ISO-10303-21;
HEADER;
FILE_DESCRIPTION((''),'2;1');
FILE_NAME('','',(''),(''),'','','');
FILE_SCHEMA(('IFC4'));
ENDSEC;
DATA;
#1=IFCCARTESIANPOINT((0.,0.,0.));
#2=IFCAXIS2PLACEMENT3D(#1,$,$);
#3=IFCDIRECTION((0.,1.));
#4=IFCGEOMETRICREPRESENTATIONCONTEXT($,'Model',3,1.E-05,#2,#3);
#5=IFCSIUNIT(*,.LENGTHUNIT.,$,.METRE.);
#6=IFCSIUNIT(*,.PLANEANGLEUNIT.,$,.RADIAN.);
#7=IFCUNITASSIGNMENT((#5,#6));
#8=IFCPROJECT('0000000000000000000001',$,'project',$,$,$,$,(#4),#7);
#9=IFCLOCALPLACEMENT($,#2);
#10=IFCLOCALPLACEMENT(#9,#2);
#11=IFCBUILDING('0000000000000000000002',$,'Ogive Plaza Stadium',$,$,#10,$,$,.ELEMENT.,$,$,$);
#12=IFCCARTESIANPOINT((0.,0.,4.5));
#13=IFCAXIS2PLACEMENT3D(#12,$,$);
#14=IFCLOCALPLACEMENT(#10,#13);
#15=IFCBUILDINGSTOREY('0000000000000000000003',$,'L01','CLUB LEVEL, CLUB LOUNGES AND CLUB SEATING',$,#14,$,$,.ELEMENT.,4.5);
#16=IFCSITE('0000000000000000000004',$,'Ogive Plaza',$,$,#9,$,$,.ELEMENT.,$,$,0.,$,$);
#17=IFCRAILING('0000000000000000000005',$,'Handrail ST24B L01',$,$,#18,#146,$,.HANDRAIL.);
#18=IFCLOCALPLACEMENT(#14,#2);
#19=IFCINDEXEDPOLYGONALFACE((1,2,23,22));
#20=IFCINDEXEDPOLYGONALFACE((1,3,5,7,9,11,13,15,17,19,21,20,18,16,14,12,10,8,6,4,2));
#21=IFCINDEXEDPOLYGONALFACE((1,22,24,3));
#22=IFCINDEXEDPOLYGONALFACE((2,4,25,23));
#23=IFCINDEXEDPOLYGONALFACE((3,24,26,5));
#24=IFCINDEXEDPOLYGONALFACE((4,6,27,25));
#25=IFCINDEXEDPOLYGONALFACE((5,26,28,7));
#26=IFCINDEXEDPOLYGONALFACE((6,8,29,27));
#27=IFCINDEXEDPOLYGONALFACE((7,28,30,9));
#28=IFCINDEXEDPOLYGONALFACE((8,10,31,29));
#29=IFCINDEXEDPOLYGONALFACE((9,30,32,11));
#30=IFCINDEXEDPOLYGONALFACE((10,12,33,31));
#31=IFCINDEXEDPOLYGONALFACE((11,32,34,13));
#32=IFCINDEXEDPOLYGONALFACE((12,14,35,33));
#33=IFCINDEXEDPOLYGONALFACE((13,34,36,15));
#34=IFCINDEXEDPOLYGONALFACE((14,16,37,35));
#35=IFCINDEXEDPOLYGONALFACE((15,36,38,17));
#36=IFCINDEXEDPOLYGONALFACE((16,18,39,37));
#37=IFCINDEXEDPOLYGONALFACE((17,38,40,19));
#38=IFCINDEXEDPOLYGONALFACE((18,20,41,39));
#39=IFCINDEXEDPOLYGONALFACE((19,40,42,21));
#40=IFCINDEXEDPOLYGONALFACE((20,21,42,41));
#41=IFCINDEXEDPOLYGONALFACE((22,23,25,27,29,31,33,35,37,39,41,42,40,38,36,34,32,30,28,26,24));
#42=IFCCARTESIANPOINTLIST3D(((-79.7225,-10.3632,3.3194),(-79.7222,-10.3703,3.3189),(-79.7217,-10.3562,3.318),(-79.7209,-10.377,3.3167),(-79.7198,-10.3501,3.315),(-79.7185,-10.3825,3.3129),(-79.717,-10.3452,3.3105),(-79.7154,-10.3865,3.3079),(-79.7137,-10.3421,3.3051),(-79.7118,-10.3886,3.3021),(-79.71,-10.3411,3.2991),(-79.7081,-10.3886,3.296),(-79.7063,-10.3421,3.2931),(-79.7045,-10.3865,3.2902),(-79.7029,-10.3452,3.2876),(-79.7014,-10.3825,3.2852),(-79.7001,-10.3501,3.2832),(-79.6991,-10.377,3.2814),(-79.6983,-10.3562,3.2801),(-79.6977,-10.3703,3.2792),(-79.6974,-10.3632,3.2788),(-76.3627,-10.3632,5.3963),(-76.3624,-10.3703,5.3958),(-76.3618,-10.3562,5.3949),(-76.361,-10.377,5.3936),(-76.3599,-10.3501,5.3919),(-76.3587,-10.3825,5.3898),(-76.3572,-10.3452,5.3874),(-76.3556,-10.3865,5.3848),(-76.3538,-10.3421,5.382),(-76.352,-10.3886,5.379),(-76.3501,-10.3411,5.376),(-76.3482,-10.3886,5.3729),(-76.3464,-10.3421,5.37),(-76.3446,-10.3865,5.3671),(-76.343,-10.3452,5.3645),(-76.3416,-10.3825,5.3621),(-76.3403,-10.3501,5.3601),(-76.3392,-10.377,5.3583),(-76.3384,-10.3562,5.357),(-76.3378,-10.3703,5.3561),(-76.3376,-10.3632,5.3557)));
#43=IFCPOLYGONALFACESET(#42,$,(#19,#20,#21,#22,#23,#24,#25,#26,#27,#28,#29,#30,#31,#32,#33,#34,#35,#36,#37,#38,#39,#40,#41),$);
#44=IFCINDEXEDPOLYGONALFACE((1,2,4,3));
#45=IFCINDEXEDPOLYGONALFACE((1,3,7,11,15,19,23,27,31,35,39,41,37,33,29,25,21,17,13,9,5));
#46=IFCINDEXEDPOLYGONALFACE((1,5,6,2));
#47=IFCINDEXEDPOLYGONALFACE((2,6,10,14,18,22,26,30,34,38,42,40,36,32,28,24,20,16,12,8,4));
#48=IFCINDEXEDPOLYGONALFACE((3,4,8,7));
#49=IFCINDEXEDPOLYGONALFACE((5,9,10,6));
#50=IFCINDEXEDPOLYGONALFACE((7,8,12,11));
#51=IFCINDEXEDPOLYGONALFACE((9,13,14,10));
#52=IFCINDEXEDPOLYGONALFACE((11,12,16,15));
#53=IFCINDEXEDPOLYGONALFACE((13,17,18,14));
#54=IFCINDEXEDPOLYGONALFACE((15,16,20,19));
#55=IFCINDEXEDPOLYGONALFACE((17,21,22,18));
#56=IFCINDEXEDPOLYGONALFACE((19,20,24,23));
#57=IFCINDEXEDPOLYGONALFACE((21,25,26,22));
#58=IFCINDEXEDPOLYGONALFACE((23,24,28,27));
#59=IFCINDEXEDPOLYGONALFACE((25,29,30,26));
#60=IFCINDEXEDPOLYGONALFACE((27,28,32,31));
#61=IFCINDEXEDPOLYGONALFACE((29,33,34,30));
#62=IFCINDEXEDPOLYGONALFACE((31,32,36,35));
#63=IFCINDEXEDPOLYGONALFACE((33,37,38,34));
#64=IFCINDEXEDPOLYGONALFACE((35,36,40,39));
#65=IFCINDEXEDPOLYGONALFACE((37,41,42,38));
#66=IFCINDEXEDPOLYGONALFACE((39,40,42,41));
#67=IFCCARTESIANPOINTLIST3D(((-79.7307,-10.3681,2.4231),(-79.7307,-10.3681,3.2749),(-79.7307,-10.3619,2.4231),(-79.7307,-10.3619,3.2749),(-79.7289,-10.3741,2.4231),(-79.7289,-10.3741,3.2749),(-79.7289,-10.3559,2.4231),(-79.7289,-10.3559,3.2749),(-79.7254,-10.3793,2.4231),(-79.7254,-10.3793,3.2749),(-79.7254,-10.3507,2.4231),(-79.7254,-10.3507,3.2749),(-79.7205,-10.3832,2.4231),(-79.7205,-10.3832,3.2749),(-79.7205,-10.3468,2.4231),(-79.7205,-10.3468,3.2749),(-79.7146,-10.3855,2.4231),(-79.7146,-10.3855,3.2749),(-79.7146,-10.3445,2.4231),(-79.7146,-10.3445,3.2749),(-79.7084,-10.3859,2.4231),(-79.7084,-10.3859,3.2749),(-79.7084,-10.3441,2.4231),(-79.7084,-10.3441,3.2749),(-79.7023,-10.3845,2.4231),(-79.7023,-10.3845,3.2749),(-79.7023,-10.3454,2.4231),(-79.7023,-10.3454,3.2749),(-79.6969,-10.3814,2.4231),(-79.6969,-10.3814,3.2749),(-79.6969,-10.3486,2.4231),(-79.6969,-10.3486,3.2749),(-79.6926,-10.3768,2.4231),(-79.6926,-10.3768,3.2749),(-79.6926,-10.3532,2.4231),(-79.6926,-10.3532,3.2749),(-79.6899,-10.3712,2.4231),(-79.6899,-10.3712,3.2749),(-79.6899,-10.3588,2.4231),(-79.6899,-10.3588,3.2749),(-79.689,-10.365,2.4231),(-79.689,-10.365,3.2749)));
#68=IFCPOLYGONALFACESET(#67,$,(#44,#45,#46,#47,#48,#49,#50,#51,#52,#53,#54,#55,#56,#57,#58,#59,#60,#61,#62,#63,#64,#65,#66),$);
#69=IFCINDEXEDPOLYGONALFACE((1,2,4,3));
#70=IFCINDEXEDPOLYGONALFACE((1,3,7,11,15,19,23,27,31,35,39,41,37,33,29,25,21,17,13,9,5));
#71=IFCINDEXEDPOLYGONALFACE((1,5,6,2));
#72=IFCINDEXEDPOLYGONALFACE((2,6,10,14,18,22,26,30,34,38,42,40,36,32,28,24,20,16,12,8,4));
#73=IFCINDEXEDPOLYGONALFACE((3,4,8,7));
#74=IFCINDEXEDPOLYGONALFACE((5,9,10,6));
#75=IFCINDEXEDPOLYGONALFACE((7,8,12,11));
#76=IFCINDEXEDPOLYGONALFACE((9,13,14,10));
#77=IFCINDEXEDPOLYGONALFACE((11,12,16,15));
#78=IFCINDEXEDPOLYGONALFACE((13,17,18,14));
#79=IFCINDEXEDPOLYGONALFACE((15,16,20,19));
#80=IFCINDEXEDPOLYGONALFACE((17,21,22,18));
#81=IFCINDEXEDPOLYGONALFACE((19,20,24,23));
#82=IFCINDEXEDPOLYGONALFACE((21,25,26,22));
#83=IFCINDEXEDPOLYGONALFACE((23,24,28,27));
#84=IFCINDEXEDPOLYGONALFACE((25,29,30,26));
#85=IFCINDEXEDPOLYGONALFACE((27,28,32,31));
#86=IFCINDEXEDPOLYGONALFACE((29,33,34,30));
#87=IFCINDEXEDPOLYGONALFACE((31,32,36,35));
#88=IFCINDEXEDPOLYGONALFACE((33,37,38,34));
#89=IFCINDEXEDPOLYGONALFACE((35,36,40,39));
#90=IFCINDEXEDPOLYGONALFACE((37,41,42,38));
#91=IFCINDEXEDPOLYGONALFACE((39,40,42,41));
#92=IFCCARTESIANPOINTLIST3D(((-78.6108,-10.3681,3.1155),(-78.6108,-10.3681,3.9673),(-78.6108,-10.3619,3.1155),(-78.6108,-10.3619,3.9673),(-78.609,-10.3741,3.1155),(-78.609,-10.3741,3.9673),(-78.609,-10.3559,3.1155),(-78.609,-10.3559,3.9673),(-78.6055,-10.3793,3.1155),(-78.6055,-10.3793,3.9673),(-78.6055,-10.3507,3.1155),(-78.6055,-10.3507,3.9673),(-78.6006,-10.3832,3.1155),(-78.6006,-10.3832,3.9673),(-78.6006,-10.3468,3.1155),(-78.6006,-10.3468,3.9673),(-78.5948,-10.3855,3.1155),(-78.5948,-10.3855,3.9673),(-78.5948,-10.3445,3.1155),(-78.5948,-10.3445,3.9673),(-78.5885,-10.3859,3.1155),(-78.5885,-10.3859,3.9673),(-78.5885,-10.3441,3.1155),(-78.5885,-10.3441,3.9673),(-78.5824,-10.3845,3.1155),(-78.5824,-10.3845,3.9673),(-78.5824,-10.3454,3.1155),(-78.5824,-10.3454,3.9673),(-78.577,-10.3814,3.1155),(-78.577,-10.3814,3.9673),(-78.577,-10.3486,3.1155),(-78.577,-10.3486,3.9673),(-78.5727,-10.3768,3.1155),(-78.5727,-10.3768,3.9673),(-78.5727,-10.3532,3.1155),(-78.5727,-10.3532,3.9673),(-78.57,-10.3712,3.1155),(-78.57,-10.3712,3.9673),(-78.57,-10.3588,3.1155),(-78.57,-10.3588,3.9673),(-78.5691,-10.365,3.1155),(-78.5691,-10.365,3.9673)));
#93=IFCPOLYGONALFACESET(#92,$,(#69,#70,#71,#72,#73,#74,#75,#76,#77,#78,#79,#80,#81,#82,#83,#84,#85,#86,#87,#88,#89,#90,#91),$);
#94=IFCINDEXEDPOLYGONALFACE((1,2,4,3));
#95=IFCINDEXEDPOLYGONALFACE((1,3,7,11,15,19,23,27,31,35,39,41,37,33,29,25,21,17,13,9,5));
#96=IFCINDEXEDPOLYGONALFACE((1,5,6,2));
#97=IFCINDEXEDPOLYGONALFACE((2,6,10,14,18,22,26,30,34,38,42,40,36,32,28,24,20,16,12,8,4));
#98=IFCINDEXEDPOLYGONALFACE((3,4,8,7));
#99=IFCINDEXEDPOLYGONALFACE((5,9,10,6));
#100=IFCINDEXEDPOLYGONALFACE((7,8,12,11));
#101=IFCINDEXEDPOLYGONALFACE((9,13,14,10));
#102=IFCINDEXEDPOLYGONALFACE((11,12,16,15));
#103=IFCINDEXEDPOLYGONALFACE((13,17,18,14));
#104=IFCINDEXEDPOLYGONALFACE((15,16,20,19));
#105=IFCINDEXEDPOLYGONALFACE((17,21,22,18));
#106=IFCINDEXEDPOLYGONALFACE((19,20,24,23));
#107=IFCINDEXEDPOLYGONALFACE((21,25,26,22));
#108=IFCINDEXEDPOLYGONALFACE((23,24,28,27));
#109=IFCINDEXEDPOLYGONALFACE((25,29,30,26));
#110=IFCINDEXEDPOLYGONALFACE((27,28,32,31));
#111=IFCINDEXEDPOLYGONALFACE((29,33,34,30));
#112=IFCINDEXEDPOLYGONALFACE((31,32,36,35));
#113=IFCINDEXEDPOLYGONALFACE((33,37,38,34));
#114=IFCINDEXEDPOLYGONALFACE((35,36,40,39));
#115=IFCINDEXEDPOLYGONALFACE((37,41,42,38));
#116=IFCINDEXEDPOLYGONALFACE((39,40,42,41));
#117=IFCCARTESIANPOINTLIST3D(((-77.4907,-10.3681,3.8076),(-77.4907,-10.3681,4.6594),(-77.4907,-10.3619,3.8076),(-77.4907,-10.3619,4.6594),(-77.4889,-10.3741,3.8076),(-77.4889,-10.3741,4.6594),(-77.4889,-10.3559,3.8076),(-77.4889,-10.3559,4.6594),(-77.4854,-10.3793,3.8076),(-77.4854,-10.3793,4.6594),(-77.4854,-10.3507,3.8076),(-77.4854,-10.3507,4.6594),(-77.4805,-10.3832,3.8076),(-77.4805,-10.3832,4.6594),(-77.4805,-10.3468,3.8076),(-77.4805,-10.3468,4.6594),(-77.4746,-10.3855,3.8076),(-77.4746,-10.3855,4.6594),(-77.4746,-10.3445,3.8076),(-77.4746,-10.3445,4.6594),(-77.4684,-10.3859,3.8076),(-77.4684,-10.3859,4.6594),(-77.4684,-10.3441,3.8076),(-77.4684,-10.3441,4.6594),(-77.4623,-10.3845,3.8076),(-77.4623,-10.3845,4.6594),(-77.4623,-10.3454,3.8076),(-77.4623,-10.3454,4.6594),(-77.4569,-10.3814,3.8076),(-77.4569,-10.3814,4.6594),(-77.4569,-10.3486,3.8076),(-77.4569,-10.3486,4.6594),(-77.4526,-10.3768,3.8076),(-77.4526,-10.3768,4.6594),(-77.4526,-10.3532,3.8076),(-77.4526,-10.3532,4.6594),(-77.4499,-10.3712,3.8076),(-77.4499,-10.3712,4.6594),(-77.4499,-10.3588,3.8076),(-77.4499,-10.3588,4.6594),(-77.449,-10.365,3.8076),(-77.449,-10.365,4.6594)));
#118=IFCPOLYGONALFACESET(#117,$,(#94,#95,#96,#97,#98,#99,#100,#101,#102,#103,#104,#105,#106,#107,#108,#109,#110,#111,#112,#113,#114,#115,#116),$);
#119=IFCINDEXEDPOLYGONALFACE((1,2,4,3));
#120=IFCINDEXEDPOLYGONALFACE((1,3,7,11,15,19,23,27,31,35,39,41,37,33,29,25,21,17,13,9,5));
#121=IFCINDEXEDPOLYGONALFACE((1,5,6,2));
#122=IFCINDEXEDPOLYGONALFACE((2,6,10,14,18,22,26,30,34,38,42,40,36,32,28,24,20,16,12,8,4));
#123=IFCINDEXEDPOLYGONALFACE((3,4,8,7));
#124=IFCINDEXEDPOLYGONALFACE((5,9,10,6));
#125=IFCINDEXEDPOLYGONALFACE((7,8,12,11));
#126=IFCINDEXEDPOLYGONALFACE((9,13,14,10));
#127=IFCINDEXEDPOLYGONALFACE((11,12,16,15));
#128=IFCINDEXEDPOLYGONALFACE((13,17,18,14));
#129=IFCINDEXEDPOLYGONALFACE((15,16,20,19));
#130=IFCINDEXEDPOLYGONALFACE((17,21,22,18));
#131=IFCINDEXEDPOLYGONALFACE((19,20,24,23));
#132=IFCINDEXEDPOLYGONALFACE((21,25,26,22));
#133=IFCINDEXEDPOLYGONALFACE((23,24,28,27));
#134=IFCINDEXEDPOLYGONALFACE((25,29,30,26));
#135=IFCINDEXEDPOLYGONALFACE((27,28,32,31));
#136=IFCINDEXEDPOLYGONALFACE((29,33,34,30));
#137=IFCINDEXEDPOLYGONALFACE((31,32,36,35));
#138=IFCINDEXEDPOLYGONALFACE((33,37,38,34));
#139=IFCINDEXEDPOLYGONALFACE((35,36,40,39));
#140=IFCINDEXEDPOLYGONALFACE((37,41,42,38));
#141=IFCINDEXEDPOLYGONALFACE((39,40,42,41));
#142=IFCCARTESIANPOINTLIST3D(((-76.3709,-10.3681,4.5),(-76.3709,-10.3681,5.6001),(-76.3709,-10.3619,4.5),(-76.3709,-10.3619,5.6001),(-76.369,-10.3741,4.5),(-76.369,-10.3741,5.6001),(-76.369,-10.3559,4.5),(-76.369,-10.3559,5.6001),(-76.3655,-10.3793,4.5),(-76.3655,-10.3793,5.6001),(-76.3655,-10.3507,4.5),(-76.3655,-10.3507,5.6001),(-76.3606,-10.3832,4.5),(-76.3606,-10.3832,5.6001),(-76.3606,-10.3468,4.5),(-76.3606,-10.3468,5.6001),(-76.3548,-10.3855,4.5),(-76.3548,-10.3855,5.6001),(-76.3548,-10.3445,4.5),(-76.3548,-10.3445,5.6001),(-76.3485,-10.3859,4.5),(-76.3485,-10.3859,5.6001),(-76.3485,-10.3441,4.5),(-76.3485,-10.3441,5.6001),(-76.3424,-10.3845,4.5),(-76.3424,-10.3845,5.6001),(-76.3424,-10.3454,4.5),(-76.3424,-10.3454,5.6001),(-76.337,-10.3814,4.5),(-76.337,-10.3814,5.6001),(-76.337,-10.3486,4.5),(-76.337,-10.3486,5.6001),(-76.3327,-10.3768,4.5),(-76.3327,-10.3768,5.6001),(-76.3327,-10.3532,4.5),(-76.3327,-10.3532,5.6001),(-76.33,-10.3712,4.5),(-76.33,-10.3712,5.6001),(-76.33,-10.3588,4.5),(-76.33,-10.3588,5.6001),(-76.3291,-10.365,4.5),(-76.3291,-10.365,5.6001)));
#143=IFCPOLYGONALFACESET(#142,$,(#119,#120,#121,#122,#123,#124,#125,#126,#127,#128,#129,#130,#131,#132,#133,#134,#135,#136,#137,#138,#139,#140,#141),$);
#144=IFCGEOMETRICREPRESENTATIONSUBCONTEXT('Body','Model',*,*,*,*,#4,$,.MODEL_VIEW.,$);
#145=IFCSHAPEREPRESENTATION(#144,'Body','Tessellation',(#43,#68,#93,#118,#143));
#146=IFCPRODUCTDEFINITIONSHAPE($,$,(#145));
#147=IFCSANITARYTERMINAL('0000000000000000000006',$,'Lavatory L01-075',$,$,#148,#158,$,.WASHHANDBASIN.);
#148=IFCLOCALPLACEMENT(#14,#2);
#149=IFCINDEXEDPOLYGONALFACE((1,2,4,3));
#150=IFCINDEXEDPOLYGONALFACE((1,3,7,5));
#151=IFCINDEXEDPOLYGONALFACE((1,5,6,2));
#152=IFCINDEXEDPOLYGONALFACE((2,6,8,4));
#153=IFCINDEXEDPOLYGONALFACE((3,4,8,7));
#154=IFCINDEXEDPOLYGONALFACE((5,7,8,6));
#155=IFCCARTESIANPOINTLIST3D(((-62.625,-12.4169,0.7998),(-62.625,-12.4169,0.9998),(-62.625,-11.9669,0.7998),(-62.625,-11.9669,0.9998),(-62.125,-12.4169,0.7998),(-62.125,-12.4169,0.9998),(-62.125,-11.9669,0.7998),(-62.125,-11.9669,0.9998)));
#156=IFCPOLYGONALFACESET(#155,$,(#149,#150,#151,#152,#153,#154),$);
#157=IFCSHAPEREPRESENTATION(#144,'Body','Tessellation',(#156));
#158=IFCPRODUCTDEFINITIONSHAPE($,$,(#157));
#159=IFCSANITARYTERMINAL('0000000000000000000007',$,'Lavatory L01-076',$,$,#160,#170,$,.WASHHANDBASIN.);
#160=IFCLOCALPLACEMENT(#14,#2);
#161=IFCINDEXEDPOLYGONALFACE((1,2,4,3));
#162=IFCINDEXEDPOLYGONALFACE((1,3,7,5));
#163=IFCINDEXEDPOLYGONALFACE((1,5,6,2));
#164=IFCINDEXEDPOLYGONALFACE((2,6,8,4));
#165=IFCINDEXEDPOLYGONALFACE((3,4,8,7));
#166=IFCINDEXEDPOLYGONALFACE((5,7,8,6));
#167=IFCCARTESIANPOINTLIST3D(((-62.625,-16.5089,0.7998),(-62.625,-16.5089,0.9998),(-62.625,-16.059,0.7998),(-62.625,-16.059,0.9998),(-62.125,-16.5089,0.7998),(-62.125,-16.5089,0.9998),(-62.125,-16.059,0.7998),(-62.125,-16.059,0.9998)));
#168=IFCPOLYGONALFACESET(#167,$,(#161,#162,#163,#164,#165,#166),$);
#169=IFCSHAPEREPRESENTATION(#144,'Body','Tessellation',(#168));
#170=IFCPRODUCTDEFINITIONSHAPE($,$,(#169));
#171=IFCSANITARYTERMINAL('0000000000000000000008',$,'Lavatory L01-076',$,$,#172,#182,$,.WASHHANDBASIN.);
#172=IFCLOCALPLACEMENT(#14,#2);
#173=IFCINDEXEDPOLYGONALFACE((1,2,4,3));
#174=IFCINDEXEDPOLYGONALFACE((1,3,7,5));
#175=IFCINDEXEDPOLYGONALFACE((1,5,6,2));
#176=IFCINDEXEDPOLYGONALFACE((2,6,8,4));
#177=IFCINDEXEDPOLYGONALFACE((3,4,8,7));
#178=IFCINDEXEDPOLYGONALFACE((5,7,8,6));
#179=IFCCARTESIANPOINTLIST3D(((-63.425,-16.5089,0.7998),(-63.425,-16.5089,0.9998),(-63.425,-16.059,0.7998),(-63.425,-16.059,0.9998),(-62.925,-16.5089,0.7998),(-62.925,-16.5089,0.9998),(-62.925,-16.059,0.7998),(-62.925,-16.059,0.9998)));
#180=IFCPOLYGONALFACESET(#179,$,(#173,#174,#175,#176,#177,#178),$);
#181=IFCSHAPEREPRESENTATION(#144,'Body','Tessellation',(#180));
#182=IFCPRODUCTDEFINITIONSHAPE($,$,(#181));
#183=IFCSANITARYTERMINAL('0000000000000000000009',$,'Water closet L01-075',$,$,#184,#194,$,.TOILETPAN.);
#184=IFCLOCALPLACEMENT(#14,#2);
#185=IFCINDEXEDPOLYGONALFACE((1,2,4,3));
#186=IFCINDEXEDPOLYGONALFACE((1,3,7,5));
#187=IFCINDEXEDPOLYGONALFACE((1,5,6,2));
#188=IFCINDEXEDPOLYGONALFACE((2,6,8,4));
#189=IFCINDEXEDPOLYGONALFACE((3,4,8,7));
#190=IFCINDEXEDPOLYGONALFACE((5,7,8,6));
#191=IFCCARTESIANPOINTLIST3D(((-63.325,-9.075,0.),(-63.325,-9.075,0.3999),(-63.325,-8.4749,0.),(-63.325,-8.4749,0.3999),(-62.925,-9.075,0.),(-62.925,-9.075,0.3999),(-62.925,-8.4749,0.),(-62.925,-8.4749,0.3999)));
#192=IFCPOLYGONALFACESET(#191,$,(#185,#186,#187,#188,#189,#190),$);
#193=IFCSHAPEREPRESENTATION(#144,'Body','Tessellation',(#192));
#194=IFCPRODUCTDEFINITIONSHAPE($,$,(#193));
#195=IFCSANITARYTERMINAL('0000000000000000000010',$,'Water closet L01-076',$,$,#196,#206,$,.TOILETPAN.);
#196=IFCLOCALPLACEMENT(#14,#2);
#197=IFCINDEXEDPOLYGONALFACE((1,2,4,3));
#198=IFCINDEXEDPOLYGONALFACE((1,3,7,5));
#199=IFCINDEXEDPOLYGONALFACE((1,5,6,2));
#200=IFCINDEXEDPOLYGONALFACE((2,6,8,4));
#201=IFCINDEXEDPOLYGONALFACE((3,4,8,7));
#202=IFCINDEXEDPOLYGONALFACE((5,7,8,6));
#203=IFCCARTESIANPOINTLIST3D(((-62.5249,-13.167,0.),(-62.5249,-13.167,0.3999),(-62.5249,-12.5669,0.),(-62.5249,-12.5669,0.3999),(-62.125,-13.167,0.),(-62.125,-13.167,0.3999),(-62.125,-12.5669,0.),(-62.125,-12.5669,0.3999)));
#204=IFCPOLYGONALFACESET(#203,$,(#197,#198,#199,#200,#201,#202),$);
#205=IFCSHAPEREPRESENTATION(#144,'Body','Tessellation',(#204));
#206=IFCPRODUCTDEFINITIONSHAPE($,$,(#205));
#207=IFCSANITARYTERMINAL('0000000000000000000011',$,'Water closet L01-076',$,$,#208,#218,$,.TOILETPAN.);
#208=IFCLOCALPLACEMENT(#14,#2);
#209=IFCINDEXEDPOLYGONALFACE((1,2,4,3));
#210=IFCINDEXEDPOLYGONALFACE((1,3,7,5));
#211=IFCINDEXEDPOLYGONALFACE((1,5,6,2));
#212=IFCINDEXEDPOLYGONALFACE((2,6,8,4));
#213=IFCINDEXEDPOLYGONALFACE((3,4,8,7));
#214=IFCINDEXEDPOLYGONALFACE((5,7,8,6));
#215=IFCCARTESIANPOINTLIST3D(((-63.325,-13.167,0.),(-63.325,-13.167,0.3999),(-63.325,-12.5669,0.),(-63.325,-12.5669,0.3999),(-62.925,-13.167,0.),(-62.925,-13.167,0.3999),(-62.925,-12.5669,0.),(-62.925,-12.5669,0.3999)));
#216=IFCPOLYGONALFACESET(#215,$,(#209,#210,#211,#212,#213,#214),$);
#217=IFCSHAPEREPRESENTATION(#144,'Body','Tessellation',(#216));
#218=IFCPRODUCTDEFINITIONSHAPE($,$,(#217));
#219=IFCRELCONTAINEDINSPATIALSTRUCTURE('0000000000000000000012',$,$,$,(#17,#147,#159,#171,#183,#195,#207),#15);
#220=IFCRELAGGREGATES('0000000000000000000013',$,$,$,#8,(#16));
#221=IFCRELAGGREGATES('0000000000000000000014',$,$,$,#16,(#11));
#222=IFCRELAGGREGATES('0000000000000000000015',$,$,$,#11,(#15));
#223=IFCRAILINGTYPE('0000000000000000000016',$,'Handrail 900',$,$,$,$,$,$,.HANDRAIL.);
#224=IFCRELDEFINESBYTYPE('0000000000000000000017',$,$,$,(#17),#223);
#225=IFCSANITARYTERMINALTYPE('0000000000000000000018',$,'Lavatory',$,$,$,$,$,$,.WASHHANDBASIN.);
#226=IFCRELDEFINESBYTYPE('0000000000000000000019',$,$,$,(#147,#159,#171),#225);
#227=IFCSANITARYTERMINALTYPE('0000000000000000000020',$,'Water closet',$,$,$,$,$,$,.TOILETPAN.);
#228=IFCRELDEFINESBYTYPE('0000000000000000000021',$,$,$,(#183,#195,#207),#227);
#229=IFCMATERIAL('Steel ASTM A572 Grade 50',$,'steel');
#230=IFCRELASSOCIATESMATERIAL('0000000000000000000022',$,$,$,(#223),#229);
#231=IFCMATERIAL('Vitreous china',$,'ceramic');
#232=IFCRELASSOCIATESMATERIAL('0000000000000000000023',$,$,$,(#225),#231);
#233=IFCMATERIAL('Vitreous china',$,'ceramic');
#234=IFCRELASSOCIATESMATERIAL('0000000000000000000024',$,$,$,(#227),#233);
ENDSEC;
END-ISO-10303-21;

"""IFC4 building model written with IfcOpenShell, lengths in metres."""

from ifc_helpers import new_model, si_unit, direction, frame, origin, origin_2d, place, context, subcontext, project, spatial, rectangle, circle, extrude, material, type_object, element, save


model = new_model("IFC4")

# Units and contexts
model_context = context("Model", 3, precision=1e-05, world=origin(), true_north=direction((0.0, 1.0)))
body_context = subcontext(model_context, "Body", "Model", "MODEL_VIEW")
ifc_project = project(units=[si_unit("LENGTHUNIT", "METRE"), si_unit("PLANEANGLEUNIT", "RADIAN")], contexts=[model_context])

# Site, building, storey
site_placement = place(None, origin())
site = spatial("IfcSite", under=ifc_project, at=site_placement, Name="Ogive Plaza", CompositionType="ELEMENT", RefElevation=0.0)
building_placement = place(site_placement, origin())
building = spatial("IfcBuilding", under=site, at=building_placement, Name="Ogive Plaza Stadium", CompositionType="ELEMENT")
storey_placement = place(building_placement, frame((0.0, 0.0, 4.5)))
storey = spatial("IfcBuildingStorey", under=building, at=storey_placement, Name="L01", Description="CLUB LEVEL, CLUB LOUNGES AND CLUB SEATING", CompositionType="ELEMENT", Elevation=4.5)

# Railing
ifc_material_1 = material(Name="Steel ASTM A572 Grade 50", Category="steel")
railing_type_1 = type_object("IfcRailingType", Name="Handrail 900", PredefinedType="HANDRAIL", material=ifc_material_1)
railing_placement = place(storey_placement, frame((-79.71, -10.365, 2.4231)))
element("IfcRailing", 1, at=railing_placement, inside=storey, type_object=railing_type_1, Name="Handrail ST24B L01", PredefinedType="HANDRAIL", context=body_context, shape_type="SweptSolid", body=[
    extrude(circle(Radius=0.0239, at=origin_2d()), frame((0.0, 0.0, 0.876), z_axis=(0.850606, 0.0, 0.525803), x_axis=(0.0, 1.0, 0.0)), (0.0, 0.0, 1.0), 3.95),
    extrude(circle(Radius=0.021, at=origin_2d()), origin(), (0.0, 0.0, 1.0), 0.8518),
    extrude(circle(Radius=0.021, at=origin_2d()), frame((1.1199, 0.0, 0.6924)), (0.0, 0.0, 1.0), 0.8518),
    extrude(circle(Radius=0.021, at=origin_2d()), frame((2.24, 0.0, 1.3845)), (0.0, 0.0, 1.0), 0.8518),
    extrude(circle(Radius=0.021, at=origin_2d()), frame((3.3599, 0.0, 2.0769)), (0.0, 0.0, 1.0), 1.1001),
])

# Sanitary terminals
ifc_material_2 = material(Name="Vitreous china", Category="ceramic")
sanitary_terminal_type_1 = type_object("IfcSanitaryTerminalType", Name="Lavatory", PredefinedType="WASHHANDBASIN", material=ifc_material_2)
for number, where, z_axis, x_axis, name in (
    (2, (-62.375, -12.1919, 0.7998), (0.0, 0.0, 1.0), (-1.0, 0.0, 0.0), "Lavatory L01-075"),
    (3, (-62.375, -16.2839, 0.7998), (0.0, 0.0, 1.0), (-1.0, 0.0, 0.0), "Lavatory L01-076"),
    (4, (-63.175, -16.2839, 0.7998), (0.0, 0.0, 1.0), (-1.0, 0.0, 0.0), "Lavatory L01-076"),
):
    element("IfcSanitaryTerminal", number, at=place(storey_placement, frame(where, z_axis=z_axis, x_axis=x_axis)), inside=storey, type_object=sanitary_terminal_type_1, Name=name, PredefinedType="WASHHANDBASIN", context=body_context, shape_type="SweptSolid", body=[
        extrude(rectangle(XDim=0.5, YDim=0.45, at=origin_2d()), origin(), (0.0, 0.0, 1.0), 0.2),
    ])
ifc_material_3 = material(Name="Vitreous china", Category="ceramic")
sanitary_terminal_type_2 = type_object("IfcSanitaryTerminalType", Name="Water closet", PredefinedType="TOILETPAN", material=ifc_material_3)
for number, where, z_axis, x_axis, name in (
    (5, (-63.125, -8.7749, 0.0), (0.0, 0.0, 1.0), (-1.0, 0.0, 0.0), "Water closet L01-075"),
    (6, (-62.325, -12.8669, 0.0), (0.0, 0.0, 1.0), (-1.0, 0.0, 0.0), "Water closet L01-076"),
    (7, (-63.125, -12.8669, 0.0), (0.0, 0.0, 1.0), (-1.0, 0.0, 0.0), "Water closet L01-076"),
):
    element("IfcSanitaryTerminal", number, at=place(storey_placement, frame(where, z_axis=z_axis, x_axis=x_axis)), inside=storey, type_object=sanitary_terminal_type_2, Name=name, PredefinedType="TOILETPAN", context=body_context, shape_type="SweptSolid", body=[
        extrude(rectangle(XDim=0.3999, YDim=0.6001, at=origin_2d()), origin(), (0.0, 0.0, 1.0), 0.3999),
    ])

save(model, "model.ifc")
